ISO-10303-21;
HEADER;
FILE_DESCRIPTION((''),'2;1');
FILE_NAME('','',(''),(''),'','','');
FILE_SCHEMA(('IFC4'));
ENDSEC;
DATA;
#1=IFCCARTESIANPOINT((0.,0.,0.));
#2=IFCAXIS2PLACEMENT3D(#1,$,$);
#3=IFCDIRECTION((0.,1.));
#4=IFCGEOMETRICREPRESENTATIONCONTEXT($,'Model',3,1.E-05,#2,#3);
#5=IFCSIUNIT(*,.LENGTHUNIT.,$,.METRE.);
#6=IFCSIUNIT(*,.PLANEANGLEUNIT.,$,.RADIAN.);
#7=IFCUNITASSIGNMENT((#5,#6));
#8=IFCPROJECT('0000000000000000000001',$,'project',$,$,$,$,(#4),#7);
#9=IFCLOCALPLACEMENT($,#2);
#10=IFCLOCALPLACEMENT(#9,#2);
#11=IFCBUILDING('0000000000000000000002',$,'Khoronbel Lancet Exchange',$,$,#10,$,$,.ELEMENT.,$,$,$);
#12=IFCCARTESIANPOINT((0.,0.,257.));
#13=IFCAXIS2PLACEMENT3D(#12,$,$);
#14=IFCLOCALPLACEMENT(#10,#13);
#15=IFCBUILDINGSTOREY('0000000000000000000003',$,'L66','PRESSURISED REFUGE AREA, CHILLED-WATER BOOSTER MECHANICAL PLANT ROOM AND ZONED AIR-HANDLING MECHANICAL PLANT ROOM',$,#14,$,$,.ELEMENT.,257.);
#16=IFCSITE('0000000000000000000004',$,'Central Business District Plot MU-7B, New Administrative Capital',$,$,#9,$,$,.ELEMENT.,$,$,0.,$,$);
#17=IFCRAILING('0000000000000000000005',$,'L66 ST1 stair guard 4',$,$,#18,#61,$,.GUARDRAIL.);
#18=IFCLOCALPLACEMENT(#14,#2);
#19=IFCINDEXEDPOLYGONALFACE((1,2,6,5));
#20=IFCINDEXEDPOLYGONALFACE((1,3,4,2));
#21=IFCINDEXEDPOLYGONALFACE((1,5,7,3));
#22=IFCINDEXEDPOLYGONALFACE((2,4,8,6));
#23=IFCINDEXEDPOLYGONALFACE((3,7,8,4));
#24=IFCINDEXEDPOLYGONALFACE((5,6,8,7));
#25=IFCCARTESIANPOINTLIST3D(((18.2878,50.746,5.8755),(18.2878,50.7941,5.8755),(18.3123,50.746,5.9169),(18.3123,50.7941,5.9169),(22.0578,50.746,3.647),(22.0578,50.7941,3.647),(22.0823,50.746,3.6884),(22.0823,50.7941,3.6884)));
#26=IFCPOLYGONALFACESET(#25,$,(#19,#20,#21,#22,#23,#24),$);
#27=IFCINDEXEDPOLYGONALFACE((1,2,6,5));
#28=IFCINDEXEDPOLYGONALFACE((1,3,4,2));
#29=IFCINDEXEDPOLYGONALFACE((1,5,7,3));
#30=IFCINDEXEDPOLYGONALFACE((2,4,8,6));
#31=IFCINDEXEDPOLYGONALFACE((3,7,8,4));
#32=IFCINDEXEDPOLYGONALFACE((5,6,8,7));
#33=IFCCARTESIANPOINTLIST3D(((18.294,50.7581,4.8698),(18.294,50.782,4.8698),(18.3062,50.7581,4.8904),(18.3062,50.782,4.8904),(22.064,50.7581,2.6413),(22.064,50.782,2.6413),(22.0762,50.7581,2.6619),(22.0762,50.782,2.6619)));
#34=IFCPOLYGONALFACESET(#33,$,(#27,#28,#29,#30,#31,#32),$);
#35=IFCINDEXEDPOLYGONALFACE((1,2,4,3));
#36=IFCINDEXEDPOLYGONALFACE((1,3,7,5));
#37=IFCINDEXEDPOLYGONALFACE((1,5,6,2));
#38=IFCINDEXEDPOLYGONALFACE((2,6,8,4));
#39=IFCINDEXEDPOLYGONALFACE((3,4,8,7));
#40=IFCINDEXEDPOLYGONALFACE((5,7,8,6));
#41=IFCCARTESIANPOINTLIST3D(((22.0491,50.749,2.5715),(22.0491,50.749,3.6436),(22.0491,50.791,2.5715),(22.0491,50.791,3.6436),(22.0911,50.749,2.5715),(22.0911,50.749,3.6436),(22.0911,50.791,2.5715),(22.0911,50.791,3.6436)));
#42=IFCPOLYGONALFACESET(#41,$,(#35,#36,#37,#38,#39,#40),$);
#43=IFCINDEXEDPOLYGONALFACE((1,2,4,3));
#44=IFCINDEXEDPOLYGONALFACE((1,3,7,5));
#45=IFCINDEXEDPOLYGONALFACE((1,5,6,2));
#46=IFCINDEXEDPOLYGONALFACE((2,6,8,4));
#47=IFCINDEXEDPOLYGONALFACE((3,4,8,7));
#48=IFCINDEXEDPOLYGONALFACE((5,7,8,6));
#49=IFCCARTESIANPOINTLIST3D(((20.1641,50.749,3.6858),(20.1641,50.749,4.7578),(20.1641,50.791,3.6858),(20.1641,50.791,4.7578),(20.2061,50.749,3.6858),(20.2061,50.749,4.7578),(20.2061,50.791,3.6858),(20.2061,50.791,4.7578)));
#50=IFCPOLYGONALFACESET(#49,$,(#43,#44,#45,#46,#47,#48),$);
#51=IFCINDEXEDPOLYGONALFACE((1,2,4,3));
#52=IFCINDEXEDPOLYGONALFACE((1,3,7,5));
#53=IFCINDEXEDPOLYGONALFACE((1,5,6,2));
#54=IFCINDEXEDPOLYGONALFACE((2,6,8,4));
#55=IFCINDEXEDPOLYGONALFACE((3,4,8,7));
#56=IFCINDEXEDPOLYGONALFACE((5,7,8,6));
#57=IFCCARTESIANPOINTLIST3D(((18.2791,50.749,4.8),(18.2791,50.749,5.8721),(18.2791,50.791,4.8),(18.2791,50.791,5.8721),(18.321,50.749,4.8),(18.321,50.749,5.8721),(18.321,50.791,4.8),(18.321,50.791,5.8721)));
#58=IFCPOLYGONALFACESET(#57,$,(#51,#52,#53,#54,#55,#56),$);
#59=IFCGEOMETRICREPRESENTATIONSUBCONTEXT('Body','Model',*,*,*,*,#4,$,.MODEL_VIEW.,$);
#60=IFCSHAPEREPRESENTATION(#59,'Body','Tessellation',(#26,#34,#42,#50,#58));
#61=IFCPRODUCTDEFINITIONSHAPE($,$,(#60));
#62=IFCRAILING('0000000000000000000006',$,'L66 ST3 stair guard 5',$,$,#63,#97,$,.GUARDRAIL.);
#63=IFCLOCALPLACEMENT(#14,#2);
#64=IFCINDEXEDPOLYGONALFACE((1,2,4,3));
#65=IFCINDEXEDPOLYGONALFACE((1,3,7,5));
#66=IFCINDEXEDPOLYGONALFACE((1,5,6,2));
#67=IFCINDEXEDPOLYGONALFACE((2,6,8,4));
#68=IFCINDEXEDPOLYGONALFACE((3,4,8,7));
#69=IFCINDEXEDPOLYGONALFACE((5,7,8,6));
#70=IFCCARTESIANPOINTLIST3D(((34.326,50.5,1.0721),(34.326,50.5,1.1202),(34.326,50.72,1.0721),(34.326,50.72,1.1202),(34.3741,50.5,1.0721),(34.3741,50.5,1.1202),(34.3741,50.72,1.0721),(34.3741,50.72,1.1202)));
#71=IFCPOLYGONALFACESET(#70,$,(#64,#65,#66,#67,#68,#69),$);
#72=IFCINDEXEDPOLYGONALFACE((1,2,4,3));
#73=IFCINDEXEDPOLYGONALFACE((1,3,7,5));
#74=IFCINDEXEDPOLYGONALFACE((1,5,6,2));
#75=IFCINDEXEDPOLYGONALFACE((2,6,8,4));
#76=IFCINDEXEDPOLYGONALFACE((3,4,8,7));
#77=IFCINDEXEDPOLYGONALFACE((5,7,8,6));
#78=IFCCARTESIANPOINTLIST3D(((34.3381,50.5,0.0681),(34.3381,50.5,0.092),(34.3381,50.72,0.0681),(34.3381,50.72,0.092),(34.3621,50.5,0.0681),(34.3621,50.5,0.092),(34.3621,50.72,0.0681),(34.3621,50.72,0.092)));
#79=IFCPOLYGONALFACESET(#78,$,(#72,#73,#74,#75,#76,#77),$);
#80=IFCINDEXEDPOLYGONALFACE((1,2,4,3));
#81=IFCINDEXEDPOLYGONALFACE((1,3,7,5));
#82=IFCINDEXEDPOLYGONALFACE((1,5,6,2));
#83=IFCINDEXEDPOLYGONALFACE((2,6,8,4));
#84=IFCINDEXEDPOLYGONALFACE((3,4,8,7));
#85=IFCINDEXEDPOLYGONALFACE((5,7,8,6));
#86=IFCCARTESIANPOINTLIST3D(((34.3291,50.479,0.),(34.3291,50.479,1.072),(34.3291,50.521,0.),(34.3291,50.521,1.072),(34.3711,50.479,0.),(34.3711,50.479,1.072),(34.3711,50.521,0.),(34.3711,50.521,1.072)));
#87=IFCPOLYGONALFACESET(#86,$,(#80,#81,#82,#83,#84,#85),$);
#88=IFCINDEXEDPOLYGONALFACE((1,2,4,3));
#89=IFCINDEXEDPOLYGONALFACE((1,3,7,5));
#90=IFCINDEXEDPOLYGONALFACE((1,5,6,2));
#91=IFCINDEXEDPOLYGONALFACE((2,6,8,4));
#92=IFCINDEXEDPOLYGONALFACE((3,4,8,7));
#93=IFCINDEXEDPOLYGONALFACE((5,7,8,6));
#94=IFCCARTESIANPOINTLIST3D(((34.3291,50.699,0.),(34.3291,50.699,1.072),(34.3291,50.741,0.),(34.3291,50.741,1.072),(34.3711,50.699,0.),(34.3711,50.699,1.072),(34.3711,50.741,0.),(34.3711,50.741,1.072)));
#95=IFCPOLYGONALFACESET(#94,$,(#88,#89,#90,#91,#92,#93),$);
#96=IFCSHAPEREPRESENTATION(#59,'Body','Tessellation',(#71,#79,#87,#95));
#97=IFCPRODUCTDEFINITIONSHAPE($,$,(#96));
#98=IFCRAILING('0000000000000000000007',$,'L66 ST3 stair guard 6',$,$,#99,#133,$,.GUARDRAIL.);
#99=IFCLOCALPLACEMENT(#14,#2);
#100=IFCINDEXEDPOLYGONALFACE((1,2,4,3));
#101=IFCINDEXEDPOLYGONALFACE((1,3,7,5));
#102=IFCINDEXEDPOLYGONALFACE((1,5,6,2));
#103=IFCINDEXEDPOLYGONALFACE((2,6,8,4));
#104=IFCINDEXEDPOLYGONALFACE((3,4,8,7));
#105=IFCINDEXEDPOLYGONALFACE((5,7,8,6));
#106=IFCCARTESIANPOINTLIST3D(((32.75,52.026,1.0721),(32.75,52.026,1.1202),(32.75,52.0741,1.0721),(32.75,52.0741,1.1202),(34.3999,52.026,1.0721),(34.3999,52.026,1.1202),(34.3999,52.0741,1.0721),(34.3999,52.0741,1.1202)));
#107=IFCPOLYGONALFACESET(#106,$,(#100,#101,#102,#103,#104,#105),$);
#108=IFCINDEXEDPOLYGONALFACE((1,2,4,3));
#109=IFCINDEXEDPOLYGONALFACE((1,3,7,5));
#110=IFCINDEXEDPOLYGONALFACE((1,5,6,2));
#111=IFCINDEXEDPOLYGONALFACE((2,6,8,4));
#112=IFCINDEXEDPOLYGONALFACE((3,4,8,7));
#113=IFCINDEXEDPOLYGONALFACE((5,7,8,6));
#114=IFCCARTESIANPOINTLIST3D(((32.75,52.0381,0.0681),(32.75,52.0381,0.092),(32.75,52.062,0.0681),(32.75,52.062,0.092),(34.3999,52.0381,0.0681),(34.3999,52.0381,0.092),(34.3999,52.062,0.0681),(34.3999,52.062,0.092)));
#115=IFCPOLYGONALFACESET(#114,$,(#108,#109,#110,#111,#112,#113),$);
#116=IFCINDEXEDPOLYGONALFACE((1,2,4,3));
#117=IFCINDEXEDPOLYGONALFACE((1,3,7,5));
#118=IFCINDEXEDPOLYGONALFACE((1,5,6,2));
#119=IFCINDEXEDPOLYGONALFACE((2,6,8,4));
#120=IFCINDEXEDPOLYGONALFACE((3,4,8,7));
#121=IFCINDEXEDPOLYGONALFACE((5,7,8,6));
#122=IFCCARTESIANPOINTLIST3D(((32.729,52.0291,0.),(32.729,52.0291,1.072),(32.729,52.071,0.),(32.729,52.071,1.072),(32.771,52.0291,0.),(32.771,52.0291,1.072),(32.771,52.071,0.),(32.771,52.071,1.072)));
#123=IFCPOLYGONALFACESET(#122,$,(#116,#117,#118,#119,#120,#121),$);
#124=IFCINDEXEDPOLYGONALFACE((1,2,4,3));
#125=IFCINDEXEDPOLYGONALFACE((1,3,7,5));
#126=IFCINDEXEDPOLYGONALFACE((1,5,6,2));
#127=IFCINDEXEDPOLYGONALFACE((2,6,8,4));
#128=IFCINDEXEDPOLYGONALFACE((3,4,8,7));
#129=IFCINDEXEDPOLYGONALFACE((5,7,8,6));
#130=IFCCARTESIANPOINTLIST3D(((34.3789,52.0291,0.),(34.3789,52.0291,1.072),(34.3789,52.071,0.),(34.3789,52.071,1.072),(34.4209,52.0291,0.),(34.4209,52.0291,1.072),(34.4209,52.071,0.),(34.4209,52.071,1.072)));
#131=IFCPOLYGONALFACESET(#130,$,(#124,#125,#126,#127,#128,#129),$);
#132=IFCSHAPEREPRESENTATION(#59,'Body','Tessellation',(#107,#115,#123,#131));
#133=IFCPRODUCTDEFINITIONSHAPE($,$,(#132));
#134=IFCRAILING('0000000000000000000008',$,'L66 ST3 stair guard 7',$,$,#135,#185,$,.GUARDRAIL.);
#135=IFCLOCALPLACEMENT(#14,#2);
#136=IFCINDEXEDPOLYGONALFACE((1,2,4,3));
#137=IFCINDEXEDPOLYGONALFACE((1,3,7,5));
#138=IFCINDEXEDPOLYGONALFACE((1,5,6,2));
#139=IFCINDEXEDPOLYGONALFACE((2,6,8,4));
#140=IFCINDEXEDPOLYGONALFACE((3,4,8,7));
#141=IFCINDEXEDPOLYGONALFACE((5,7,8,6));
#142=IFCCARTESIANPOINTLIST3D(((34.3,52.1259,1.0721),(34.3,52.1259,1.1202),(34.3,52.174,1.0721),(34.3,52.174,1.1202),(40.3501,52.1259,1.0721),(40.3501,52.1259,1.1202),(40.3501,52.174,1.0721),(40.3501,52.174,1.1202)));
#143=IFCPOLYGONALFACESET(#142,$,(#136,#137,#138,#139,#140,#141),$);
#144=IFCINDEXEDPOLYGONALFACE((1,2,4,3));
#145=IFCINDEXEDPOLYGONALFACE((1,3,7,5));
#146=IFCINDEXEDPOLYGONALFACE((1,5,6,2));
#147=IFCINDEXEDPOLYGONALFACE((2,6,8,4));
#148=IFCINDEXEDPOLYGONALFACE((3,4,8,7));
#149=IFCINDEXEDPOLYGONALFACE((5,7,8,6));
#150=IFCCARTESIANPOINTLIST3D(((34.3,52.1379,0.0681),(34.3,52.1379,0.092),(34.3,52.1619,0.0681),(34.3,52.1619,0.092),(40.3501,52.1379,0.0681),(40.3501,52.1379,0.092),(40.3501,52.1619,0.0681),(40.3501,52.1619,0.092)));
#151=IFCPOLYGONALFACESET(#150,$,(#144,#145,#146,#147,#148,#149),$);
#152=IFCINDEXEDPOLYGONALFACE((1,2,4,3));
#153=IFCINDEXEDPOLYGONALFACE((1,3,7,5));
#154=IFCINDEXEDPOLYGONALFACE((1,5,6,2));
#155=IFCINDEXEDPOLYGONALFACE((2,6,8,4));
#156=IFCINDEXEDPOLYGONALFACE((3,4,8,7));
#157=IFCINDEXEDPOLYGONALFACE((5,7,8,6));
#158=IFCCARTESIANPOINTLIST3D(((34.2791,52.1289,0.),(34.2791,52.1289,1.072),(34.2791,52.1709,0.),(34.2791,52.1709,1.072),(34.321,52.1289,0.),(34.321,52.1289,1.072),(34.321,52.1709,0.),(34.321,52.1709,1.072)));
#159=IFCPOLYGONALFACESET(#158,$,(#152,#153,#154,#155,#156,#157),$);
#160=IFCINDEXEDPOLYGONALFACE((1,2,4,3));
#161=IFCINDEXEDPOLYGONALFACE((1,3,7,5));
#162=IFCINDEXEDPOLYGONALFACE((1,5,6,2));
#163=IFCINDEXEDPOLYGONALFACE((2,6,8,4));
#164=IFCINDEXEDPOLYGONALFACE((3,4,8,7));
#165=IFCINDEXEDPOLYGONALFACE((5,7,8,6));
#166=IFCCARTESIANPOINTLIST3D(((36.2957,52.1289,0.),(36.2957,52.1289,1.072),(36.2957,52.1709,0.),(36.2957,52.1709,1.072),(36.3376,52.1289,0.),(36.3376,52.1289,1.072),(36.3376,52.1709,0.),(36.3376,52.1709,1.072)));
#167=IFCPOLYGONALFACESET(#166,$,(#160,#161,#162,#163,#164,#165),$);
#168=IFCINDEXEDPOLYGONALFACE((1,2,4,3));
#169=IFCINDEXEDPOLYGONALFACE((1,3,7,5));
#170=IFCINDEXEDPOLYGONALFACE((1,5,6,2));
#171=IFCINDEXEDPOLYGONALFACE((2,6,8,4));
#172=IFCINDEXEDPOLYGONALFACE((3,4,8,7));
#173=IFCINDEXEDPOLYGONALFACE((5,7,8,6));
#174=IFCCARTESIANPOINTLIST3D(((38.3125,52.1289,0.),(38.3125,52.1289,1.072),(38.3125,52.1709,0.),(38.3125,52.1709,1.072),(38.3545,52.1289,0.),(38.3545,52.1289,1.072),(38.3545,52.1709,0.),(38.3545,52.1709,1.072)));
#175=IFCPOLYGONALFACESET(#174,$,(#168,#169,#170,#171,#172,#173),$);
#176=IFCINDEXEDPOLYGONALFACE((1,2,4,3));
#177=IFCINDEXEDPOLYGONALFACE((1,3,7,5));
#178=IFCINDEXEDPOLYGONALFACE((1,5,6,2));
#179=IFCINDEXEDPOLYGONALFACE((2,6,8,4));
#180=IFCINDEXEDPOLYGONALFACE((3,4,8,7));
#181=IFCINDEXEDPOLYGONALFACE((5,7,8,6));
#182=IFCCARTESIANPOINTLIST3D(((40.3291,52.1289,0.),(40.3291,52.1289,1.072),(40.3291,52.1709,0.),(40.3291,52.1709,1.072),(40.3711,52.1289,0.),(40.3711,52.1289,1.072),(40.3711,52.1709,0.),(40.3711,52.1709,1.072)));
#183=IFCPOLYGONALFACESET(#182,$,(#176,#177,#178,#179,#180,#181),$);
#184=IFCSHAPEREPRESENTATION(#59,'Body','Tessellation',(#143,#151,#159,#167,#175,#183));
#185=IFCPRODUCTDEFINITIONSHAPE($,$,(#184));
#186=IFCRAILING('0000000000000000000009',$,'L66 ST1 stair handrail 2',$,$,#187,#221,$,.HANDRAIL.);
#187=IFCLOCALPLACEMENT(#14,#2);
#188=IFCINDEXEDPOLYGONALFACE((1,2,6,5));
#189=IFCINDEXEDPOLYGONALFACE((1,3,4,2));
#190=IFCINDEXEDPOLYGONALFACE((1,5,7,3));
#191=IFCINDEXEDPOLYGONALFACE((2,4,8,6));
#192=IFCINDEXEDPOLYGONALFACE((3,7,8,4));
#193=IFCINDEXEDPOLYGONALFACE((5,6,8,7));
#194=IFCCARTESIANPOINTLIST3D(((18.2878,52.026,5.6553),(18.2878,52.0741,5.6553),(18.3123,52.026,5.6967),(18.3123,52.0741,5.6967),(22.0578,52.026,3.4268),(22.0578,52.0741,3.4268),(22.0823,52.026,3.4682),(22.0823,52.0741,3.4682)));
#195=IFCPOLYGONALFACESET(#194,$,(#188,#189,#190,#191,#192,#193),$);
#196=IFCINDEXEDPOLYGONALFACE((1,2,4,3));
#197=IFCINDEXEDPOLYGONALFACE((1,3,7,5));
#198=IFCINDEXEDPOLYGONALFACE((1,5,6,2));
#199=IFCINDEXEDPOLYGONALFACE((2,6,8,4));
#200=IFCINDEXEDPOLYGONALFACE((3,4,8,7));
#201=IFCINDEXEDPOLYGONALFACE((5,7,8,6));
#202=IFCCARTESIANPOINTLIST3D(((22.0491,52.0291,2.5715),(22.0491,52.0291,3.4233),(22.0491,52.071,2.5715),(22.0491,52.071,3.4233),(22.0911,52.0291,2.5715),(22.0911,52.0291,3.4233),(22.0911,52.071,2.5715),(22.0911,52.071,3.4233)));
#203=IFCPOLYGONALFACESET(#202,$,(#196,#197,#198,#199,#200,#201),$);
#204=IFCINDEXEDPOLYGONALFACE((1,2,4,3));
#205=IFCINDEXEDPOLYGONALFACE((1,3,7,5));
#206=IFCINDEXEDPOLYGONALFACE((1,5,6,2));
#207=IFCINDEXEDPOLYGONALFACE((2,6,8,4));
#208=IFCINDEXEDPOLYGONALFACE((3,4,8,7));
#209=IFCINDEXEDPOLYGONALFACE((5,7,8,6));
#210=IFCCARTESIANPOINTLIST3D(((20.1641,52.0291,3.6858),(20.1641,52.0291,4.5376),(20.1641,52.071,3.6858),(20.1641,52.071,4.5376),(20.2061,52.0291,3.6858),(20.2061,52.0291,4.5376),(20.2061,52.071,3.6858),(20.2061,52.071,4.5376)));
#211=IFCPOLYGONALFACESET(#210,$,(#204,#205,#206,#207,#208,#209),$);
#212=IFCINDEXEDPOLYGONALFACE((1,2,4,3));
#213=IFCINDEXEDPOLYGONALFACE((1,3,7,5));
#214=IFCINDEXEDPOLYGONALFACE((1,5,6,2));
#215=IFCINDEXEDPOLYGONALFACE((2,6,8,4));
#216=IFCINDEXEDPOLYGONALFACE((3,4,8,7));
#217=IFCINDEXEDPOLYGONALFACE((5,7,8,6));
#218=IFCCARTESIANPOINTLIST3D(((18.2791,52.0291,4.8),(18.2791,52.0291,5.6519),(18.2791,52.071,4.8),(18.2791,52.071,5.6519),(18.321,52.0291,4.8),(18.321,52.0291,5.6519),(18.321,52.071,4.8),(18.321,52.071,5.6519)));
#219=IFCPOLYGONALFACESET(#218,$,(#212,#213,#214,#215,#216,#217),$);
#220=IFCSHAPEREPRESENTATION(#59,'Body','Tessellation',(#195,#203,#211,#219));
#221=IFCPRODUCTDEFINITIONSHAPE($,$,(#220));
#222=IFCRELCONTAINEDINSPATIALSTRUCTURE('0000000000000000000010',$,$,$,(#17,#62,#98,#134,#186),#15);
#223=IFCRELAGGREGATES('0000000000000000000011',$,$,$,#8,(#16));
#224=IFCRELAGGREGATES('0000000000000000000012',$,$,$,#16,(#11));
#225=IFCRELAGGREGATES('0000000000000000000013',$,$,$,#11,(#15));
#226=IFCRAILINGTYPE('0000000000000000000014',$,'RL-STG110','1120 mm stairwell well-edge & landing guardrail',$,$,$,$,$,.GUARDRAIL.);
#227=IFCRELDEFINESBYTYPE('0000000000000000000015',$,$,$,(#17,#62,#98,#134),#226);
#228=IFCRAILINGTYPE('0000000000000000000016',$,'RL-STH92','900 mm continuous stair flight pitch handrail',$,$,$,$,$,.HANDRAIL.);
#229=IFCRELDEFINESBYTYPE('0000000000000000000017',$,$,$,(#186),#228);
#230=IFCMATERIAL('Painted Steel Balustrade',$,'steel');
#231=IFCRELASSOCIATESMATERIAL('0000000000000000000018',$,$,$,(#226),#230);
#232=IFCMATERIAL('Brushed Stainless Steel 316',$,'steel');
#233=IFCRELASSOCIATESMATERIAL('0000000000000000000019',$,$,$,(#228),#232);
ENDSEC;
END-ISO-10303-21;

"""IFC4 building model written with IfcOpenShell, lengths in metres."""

from ifc_helpers import new_model, si_unit, direction, frame, origin, origin_2d, place, context, subcontext, project, spatial, rectangle, extrude, material, type_object, element, save


model = new_model("IFC4")

# Units and contexts
model_context = context("Model", 3, precision=1e-05, world=origin(), true_north=direction((0.0, 1.0)))
body_context = subcontext(model_context, "Body", "Model", "MODEL_VIEW")
ifc_project = project(units=[si_unit("LENGTHUNIT", "METRE"), si_unit("PLANEANGLEUNIT", "RADIAN")], contexts=[model_context])

# Site, building, storey
site_placement = place(None, origin())
site = spatial("IfcSite", under=ifc_project, at=site_placement, Name="Central Business District Plot MU-7B, New Administrative Capital", CompositionType="ELEMENT", RefElevation=0.0)
building_placement = place(site_placement, origin())
building = spatial("IfcBuilding", under=site, at=building_placement, Name="Khoronbel Lancet Exchange", CompositionType="ELEMENT")
storey_placement = place(building_placement, frame((0.0, 0.0, 257.0)))
storey = spatial("IfcBuildingStorey", under=building, at=storey_placement, Name="L66", Description="PRESSURISED REFUGE AREA, CHILLED-WATER BOOSTER MECHANICAL PLANT ROOM AND ZONED AIR-HANDLING MECHANICAL PLANT ROOM", CompositionType="ELEMENT", Elevation=257.0)

# Railings
ifc_material_1 = material(Name="Painted Steel Balustrade", Category="steel")
railing_type_1 = type_object("IfcRailingType", Name="RL-STG110", Description="1120 mm stairwell well-edge & landing guardrail", PredefinedType="GUARDRAIL", material=ifc_material_1)
railing_1_placement = place(storey_placement, frame((22.0701, 50.77, 2.5715)))
element("IfcRailing", 1, at=railing_1_placement, inside=storey, type_object=railing_type_1, Name="L66 ST1 stair guard 4", PredefinedType="GUARDRAIL", context=body_context, shape_type="SweptSolid", body=[
    extrude(rectangle(XDim=0.0481, YDim=0.0481, at=origin_2d()), frame((0.0, 0.0, 1.0962), z_axis=(-0.860849, 0.0, 0.508861), x_axis=(0.0, -1.0, 0.0)), (0.0, 0.0, 1.0), 4.3794),
    extrude(rectangle(XDim=0.0239, YDim=0.0239, at=origin_2d()), frame((0.0, 0.0, 0.0801), z_axis=(-0.860849, 0.0, 0.508861), x_axis=(0.0, -1.0, 0.0)), (0.0, 0.0, 1.0), 4.3794),
    extrude(rectangle(XDim=0.042, YDim=0.042, at=origin_2d()), origin(), (0.0, 0.0, 1.0), 1.072),
    extrude(rectangle(XDim=0.042, YDim=0.042, at=origin_2d()), frame((-1.885, 0.0, 1.1143)), (0.0, 0.0, 1.0), 1.072),
    extrude(rectangle(XDim=0.042, YDim=0.042, at=origin_2d()), frame((-3.77, 0.0, 2.2285)), (0.0, 0.0, 1.0), 1.072),
])
railing_2_placement = place(storey_placement, frame((34.3501, 50.5, 0.0)))
element("IfcRailing", 2, at=railing_2_placement, inside=storey, type_object=railing_type_1, Name="L66 ST3 stair guard 5", PredefinedType="GUARDRAIL", context=body_context, shape_type="SweptSolid", body=[
    extrude(rectangle(XDim=0.0481, YDim=0.0481, at=origin_2d()), frame((0.0, 0.0, 1.0962), z_axis=(0.0, 1.0, 0.0), x_axis=(-1.0, 0.0, 0.0)), (0.0, 0.0, 1.0), 0.22),
    extrude(rectangle(XDim=0.0239, YDim=0.0239, at=origin_2d()), frame((0.0, 0.0, 0.0801), z_axis=(0.0, 1.0, 0.0), x_axis=(-1.0, 0.0, 0.0)), (0.0, 0.0, 1.0), 0.22),
    extrude(rectangle(XDim=0.042, YDim=0.042, at=origin_2d()), origin(), (0.0, 0.0, 1.0), 1.072),
    extrude(rectangle(XDim=0.042, YDim=0.042, at=origin_2d()), frame((0.0, 0.22, 0.0)), (0.0, 0.0, 1.0), 1.072),
])
railing_3_placement = place(storey_placement, frame((32.75, 52.05, 0.0)))
element("IfcRailing", 3, at=railing_3_placement, inside=storey, type_object=railing_type_1, Name="L66 ST3 stair guard 6", PredefinedType="GUARDRAIL", context=body_context, shape_type="SweptSolid", body=[
    extrude(rectangle(XDim=0.0481, YDim=0.0481, at=origin_2d()), frame((0.0, 0.0, 1.0962), z_axis=(1.0, 0.0, 0.0), x_axis=(0.0, 1.0, 0.0)), (0.0, 0.0, 1.0), 1.6499),
    extrude(rectangle(XDim=0.0239, YDim=0.0239, at=origin_2d()), frame((0.0, 0.0, 0.0801), z_axis=(1.0, 0.0, 0.0), x_axis=(0.0, 1.0, 0.0)), (0.0, 0.0, 1.0), 1.6499),
    extrude(rectangle(XDim=0.042, YDim=0.042, at=origin_2d()), origin(), (0.0, 0.0, 1.0), 1.072),
    extrude(rectangle(XDim=0.042, YDim=0.042, at=origin_2d()), frame((1.6499, 0.0, 0.0)), (0.0, 0.0, 1.0), 1.072),
])
railing_4_placement = place(storey_placement, frame((34.3, 52.1499, 0.0)))
element("IfcRailing", 4, at=railing_4_placement, inside=storey, type_object=railing_type_1, Name="L66 ST3 stair guard 7", PredefinedType="GUARDRAIL", context=body_context, shape_type="SweptSolid", body=[
    extrude(rectangle(XDim=0.0481, YDim=0.0481, at=origin_2d()), frame((0.0, 0.0, 1.0962), z_axis=(1.0, 0.0, 0.0), x_axis=(0.0, 1.0, 0.0)), (0.0, 0.0, 1.0), 6.05),
    extrude(rectangle(XDim=0.0239, YDim=0.0239, at=origin_2d()), frame((0.0, 0.0, 0.0801), z_axis=(1.0, 0.0, 0.0), x_axis=(0.0, 1.0, 0.0)), (0.0, 0.0, 1.0), 6.05),
    extrude(rectangle(XDim=0.042, YDim=0.042, at=origin_2d()), origin(), (0.0, 0.0, 1.0), 1.072),
    extrude(rectangle(XDim=0.042, YDim=0.042, at=origin_2d()), frame((2.0166, 0.0, 0.0)), (0.0, 0.0, 1.0), 1.072),
    extrude(rectangle(XDim=0.042, YDim=0.042, at=origin_2d()), frame((4.0334, 0.0, 0.0)), (0.0, 0.0, 1.0), 1.072),
    extrude(rectangle(XDim=0.042, YDim=0.042, at=origin_2d()), frame((6.05, 0.0, 0.0)), (0.0, 0.0, 1.0), 1.072),
])
ifc_material_2 = material(Name="Brushed Stainless Steel 316", Category="steel")
railing_type_2 = type_object("IfcRailingType", Name="RL-STH92", Description="900 mm continuous stair flight pitch handrail", PredefinedType="HANDRAIL", material=ifc_material_2)
railing_5_placement = place(storey_placement, frame((22.0701, 52.05, 2.5715)))
element("IfcRailing", 5, at=railing_5_placement, inside=storey, type_object=railing_type_2, Name="L66 ST1 stair handrail 2", PredefinedType="HANDRAIL", context=body_context, shape_type="SweptSolid", body=[
    extrude(rectangle(XDim=0.0481, YDim=0.0481, at=origin_2d()), frame((0.0, 0.0, 0.876), z_axis=(-0.860849, 0.0, 0.508861), x_axis=(0.0, -1.0, 0.0)), (0.0, 0.0, 1.0), 4.3794),
    extrude(rectangle(XDim=0.042, YDim=0.042, at=origin_2d()), origin(), (0.0, 0.0, 1.0), 0.8518),
    extrude(rectangle(XDim=0.042, YDim=0.042, at=origin_2d()), frame((-1.885, 0.0, 1.1143)), (0.0, 0.0, 1.0), 0.8518),
    extrude(rectangle(XDim=0.042, YDim=0.042, at=origin_2d()), frame((-3.77, 0.0, 2.2285)), (0.0, 0.0, 1.0), 0.8518),
])

save(model, "model.ifc")
